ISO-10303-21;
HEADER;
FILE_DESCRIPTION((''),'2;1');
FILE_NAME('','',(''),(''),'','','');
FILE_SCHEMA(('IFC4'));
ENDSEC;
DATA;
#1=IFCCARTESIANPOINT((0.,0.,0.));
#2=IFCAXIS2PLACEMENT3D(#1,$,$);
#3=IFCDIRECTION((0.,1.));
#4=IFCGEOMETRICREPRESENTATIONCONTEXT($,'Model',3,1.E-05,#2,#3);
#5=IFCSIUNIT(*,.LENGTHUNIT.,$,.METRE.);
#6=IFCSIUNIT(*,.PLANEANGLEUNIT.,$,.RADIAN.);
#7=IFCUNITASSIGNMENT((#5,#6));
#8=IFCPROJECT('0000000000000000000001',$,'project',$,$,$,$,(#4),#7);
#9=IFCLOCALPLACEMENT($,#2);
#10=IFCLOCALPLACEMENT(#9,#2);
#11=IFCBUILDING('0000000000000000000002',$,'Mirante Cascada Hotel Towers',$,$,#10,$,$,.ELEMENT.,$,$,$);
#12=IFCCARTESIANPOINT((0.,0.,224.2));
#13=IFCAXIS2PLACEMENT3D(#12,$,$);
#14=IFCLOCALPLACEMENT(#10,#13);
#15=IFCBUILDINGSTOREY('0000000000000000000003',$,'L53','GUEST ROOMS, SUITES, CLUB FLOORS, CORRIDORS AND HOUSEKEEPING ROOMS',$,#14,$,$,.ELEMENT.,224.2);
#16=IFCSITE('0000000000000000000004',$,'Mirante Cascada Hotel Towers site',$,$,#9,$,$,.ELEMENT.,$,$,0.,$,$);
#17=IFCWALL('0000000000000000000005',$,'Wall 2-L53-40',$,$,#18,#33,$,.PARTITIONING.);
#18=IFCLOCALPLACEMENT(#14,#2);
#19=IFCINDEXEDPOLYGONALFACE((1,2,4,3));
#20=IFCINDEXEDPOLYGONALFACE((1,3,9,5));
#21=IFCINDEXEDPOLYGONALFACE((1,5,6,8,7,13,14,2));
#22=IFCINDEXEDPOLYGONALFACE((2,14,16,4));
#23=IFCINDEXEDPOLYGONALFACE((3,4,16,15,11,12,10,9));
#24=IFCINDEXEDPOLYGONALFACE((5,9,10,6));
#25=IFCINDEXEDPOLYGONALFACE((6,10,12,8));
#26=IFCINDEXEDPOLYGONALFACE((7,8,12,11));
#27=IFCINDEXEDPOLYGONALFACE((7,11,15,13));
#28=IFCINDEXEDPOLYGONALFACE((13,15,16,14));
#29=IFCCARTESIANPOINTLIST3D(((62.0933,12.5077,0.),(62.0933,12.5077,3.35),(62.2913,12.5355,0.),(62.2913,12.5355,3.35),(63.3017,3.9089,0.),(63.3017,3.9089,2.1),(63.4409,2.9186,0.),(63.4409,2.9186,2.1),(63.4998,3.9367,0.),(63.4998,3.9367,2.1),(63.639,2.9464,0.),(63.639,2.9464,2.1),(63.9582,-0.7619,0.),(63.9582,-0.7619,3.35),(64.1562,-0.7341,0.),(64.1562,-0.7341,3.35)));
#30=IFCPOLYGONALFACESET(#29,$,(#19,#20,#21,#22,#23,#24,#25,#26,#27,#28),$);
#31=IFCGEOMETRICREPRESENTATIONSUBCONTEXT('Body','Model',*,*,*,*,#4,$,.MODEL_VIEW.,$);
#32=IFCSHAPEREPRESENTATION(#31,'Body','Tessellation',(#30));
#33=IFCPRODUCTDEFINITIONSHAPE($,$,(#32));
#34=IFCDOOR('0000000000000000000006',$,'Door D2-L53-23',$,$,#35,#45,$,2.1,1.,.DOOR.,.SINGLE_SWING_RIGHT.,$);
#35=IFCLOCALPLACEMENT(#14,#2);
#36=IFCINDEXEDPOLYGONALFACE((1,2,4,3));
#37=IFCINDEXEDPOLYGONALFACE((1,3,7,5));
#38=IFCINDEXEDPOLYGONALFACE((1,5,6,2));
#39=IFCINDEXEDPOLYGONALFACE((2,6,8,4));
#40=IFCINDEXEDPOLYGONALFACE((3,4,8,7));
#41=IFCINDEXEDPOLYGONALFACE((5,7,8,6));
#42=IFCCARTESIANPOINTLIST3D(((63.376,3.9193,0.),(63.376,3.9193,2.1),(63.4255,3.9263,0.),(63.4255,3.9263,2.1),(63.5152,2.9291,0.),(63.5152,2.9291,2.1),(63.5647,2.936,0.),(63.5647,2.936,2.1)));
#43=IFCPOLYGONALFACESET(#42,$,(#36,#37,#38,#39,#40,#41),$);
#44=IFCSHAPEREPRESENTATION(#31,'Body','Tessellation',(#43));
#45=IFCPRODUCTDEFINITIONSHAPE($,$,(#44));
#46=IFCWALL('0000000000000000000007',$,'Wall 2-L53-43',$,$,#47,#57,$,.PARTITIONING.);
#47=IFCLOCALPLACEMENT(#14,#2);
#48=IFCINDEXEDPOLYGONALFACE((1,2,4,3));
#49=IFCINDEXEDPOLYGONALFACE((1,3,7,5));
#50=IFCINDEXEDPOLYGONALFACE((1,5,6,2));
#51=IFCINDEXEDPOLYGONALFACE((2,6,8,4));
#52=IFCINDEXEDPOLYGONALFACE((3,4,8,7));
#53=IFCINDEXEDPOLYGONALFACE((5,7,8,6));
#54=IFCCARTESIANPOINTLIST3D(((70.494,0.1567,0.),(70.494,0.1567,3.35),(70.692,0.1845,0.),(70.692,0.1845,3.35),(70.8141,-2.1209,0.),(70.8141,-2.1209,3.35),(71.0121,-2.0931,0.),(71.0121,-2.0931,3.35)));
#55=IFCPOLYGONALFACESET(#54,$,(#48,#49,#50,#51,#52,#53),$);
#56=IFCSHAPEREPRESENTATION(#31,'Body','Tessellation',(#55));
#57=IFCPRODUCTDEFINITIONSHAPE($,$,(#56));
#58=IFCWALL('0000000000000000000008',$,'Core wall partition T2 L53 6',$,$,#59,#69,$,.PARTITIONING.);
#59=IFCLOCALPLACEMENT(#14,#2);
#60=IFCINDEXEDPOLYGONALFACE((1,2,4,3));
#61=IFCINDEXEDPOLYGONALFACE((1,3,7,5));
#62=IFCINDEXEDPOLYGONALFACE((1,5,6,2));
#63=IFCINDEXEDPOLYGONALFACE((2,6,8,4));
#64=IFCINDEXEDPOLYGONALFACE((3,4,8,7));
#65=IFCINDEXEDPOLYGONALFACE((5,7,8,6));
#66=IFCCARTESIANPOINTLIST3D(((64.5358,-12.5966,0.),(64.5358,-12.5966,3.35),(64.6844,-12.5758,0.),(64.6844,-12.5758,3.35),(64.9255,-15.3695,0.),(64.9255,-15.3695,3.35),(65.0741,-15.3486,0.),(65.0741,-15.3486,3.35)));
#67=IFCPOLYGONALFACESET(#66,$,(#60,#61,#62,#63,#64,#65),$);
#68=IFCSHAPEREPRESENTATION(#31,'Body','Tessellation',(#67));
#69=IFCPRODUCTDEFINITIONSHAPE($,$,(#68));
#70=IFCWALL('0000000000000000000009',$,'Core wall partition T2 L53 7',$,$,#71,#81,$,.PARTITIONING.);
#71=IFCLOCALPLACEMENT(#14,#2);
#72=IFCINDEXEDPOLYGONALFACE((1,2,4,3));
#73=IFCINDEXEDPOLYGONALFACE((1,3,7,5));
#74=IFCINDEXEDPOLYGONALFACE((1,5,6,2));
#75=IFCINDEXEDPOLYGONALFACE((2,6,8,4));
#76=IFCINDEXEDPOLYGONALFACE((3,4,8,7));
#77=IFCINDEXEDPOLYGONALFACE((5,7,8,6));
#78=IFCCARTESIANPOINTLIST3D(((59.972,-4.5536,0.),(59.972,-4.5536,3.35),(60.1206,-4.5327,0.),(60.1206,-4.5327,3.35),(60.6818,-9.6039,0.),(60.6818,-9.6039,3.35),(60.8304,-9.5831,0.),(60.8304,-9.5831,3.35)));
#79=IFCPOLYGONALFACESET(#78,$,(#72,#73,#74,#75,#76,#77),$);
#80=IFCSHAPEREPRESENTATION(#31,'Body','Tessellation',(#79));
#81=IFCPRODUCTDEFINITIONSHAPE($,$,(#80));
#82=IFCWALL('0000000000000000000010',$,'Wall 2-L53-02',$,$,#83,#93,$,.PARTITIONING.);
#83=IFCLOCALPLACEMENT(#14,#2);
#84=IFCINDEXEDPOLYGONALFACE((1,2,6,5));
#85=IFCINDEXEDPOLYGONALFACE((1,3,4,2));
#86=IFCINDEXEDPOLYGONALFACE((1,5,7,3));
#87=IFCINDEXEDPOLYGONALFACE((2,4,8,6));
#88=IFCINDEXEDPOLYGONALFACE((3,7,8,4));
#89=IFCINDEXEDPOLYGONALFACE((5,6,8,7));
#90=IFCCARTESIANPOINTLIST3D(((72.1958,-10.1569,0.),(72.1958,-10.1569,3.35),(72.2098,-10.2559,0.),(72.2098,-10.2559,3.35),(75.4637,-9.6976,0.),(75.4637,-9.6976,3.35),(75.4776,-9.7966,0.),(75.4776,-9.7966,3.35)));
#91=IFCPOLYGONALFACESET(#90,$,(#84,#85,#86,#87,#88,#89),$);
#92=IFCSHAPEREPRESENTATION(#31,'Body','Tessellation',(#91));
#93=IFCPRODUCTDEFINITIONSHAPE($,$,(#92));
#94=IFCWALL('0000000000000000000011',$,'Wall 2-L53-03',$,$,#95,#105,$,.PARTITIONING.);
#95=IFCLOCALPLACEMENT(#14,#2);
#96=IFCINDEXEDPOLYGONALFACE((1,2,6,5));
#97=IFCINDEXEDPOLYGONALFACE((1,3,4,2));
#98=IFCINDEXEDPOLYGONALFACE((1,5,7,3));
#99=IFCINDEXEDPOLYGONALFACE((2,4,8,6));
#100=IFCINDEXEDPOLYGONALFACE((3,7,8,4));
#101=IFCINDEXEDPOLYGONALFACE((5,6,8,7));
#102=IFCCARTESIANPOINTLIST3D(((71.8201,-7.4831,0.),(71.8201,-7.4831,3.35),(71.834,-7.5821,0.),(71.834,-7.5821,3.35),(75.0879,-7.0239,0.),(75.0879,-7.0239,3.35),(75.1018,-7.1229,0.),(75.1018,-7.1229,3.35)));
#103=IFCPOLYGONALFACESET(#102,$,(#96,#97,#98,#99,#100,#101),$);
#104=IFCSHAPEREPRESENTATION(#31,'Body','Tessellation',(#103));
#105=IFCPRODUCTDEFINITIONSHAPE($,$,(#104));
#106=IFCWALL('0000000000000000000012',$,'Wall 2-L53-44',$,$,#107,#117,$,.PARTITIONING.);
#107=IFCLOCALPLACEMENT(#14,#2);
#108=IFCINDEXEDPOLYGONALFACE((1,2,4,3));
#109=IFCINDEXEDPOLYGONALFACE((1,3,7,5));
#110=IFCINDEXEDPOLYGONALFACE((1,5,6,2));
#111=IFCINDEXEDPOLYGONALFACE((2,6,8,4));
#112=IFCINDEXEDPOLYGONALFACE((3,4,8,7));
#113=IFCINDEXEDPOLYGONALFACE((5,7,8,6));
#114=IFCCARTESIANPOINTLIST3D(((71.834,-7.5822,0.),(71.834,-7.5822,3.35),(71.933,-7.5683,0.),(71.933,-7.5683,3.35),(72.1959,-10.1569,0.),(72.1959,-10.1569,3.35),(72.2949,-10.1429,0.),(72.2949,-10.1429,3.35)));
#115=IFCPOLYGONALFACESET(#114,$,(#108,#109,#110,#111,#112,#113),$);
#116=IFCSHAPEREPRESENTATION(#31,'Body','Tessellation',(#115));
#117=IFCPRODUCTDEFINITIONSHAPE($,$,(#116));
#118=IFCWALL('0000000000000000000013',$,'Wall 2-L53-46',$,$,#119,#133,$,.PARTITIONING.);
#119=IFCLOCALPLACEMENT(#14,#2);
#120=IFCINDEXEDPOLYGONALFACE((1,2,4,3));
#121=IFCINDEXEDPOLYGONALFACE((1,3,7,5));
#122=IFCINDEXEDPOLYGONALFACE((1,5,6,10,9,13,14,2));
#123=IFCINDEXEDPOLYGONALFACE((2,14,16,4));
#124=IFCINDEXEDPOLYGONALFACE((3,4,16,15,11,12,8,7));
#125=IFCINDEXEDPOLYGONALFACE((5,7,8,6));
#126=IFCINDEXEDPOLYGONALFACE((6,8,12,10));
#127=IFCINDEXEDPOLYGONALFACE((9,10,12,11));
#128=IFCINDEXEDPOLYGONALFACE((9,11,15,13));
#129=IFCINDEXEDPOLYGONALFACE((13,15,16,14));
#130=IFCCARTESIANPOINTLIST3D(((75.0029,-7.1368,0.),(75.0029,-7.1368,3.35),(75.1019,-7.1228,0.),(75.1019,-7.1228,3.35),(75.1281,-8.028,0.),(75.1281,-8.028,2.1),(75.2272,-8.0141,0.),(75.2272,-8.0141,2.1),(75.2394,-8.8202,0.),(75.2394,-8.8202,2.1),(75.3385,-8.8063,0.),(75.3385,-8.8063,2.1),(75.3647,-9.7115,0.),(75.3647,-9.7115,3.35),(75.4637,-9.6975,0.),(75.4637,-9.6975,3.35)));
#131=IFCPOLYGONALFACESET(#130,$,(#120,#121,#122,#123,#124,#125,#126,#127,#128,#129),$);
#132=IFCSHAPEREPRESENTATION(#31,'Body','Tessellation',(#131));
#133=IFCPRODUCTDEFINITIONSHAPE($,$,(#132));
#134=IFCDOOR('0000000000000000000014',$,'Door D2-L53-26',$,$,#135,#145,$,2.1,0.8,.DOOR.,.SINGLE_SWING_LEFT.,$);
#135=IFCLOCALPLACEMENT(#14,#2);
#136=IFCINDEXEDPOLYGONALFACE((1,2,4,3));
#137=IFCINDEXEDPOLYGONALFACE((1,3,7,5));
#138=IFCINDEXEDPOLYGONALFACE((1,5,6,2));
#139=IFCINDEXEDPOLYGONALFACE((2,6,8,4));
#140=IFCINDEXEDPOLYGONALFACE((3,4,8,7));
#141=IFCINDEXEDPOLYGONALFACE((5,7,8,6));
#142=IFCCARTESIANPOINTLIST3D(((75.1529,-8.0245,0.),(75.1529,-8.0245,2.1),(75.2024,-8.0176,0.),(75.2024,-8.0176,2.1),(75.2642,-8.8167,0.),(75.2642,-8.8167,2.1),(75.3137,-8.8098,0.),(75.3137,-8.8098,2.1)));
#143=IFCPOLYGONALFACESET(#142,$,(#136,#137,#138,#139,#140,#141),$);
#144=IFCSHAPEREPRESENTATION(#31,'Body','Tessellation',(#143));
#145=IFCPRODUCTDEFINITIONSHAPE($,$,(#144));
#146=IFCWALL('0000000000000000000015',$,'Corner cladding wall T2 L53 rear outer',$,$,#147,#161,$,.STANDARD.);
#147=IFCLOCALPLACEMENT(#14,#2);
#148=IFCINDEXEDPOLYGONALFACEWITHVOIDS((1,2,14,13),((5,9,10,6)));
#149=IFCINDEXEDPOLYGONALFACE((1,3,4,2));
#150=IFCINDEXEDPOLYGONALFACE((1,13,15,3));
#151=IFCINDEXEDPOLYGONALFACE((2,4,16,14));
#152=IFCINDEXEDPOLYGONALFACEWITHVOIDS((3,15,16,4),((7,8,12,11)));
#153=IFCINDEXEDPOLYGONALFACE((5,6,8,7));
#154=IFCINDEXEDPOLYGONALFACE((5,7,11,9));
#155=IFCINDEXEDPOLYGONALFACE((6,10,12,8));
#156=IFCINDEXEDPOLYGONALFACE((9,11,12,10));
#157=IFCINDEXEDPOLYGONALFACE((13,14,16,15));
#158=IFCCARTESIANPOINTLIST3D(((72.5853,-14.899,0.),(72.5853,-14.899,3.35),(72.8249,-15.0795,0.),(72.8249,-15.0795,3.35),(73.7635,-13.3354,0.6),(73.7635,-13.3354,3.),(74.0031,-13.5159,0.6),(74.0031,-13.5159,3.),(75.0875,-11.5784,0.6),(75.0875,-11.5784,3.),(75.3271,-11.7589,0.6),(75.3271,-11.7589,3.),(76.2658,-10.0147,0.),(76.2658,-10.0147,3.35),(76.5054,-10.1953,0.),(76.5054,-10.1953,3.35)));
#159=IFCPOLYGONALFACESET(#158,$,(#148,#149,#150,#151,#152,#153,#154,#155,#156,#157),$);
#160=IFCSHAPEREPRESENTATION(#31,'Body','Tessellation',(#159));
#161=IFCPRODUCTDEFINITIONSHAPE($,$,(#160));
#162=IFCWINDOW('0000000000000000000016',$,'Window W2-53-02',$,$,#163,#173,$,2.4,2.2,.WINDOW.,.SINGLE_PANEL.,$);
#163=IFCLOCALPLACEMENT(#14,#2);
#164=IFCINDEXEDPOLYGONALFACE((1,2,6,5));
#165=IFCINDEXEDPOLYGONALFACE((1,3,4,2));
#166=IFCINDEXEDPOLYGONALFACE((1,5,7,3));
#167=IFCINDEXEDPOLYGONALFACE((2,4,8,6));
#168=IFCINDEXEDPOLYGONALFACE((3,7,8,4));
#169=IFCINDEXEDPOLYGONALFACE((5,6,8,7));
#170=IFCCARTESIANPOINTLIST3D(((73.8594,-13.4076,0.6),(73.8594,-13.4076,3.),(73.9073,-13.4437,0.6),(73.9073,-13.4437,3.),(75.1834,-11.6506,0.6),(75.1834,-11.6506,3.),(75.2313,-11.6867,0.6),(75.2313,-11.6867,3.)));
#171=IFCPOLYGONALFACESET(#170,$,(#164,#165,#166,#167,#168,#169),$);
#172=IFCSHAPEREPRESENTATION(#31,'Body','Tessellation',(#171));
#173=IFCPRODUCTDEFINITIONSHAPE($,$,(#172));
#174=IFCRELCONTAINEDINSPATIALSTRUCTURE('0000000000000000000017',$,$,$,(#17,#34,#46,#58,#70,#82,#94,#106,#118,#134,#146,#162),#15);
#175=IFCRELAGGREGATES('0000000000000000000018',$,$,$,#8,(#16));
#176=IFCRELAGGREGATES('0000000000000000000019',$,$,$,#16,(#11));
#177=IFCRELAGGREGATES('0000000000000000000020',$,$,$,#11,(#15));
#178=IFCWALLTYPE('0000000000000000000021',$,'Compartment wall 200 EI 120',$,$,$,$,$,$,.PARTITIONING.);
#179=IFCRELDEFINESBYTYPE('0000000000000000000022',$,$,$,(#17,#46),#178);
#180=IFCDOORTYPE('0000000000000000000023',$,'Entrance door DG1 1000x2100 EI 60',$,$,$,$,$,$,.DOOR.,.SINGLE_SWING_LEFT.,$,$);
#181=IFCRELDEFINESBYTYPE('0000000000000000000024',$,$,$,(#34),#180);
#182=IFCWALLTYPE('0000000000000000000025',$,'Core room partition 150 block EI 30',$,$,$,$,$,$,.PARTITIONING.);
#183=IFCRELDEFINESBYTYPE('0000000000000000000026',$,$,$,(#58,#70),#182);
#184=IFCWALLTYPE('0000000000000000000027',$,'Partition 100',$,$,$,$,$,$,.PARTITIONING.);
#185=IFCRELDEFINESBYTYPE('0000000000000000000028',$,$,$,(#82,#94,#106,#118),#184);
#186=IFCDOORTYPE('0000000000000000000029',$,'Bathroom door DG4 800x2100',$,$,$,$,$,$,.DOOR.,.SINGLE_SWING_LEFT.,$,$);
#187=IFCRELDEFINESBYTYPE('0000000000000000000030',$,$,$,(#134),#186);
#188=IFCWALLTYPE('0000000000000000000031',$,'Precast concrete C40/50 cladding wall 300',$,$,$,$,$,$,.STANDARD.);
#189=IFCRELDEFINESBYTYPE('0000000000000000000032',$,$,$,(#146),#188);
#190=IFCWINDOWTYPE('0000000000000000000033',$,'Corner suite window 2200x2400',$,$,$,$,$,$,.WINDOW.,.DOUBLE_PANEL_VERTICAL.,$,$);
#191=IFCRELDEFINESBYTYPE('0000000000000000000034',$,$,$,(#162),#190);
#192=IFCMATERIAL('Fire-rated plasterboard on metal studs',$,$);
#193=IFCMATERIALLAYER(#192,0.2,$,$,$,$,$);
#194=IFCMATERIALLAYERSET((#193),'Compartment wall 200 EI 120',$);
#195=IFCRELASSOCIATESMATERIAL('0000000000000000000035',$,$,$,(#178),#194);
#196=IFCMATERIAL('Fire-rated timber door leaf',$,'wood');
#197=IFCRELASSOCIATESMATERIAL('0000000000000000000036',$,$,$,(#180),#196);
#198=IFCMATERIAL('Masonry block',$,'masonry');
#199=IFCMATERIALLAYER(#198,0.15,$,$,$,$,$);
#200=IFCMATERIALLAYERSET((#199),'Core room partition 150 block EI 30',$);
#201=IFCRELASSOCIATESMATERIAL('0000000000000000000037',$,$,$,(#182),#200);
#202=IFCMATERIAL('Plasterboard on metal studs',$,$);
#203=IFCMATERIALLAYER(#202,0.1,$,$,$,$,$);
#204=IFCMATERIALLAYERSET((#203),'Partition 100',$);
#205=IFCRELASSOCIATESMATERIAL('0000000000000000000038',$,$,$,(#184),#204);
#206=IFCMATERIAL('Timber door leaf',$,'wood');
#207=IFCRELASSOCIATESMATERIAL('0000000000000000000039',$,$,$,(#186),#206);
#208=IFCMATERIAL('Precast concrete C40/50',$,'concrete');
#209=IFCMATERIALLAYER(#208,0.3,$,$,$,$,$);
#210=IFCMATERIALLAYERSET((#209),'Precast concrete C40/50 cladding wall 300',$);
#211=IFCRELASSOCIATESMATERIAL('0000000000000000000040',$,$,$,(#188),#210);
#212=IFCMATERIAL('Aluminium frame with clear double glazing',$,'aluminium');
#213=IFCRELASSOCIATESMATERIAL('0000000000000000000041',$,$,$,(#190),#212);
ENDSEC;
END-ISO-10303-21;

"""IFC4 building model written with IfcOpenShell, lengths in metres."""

from ifc_helpers import new_model, si_unit, direction, frame, frame_2d, origin, place, context, subcontext, project, spatial, rectangle, extrude, material, layer, layer_set, type_object, element, fill, save


model = new_model("IFC4")

# Units and contexts
model_context = context("Model", 3, precision=1e-05, world=origin(), true_north=direction((0.0, 1.0)))
body_context = subcontext(model_context, "Body", "Model", "MODEL_VIEW")
ifc_project = project(units=[si_unit("LENGTHUNIT", "METRE"), si_unit("PLANEANGLEUNIT", "RADIAN")], contexts=[model_context])

# Site, building, storey
site_placement = place(None, origin())
site = spatial("IfcSite", under=ifc_project, at=site_placement, Name="Mirante Cascada Hotel Towers site", CompositionType="ELEMENT", RefElevation=0.0)
building_placement = place(site_placement, origin())
building = spatial("IfcBuilding", under=site, at=building_placement, Name="Mirante Cascada Hotel Towers", CompositionType="ELEMENT")
storey_placement = place(building_placement, frame((0.0, 0.0, 224.2)))
storey = spatial("IfcBuildingStorey", under=building, at=storey_placement, Name="L53", Description="GUEST ROOMS, SUITES, CLUB FLOORS, CORRIDORS AND HOUSEKEEPING ROOMS", CompositionType="ELEMENT", Elevation=224.2)

# Shared definitions
ifc_material_1 = material(Name="Fire-rated plasterboard on metal studs")
ifc_layer_1 = layer(ifc_material_1, 0.2)
ifc_layer_set_1 = layer_set([ifc_layer_1], Name="Compartment wall 200 EI 120")
wall_type_1 = type_object("IfcWallType", Name="Compartment wall 200 EI 120", PredefinedType="PARTITIONING", material=ifc_layer_set_1)

# Wall, opening, door
wall_1_placement = place(storey_placement, frame((64.0572, -0.748, 0.0), z_axis=(0.0, 0.0, 1.0), x_axis=(-0.139172, 0.990268, 0.0)))
wall_1 = element("IfcWall", 1, at=wall_1_placement, inside=storey, type_object=wall_type_1, Name="Wall 2-L53-40", PredefinedType="PARTITIONING", context=body_context, shape_type="SweptSolid", body=[
    extrude(rectangle(XDim=13.4, YDim=0.2, at=frame_2d((6.7, 0.0))), origin(), (0.0, 0.0, 1.0), 3.35),
])
opening_1_placement = place(wall_1_placement, frame((3.7167, 0.0, 0.0)))
opening_1 = element("IfcOpeningElement", 2, at=opening_1_placement, cuts=wall_1, PredefinedType="OPENING", context=body_context, shape_type="SweptSolid", body=[
    extrude(rectangle(XDim=1.0, YDim=2.1, at=frame_2d((0.5, 1.05))), frame((0.0, 0.1, 0.0), z_axis=(0.0, -1.0, 0.0), x_axis=(1.0, 0.0, 0.0)), (0.0, 0.0, 1.0), 0.2),
])
ifc_material_2 = material(Name="Fire-rated timber door leaf", Category="wood")
door_type_1 = type_object("IfcDoorType", Name="Entrance door DG1 1000x2100 EI 60", OperationType="SINGLE_SWING_LEFT", PredefinedType="DOOR", material=ifc_material_2)
door_1_placement = place(opening_1_placement, frame((1.0, 0.0, 0.0), z_axis=(0.0, 0.0, 1.0), x_axis=(-1.0, 0.0, 0.0)))
door_1 = element("IfcDoor", 3, at=door_1_placement, inside=storey, type_object=door_type_1, Name="Door D2-L53-23", OperationType="SINGLE_SWING_RIGHT", OverallHeight=2.1, OverallWidth=1.0, PredefinedType="DOOR", context=body_context, shape_type="SweptSolid", body=[
    extrude(rectangle(XDim=1.0, YDim=2.1, at=frame_2d((0.5, 1.05))), frame((0.0, 0.025, 0.0), z_axis=(0.0, -1.0, 0.0), x_axis=(1.0, 0.0, 0.0)), (0.0, 0.0, 1.0), 0.05),
])
fill(opening_1, door_1)

# Walls
wall_2_placement = place(storey_placement, frame((70.593, 0.1706, 0.0), z_axis=(0.0, 0.0, 1.0), x_axis=(0.139175, -0.990268, 0.0)))
element("IfcWall", 4, at=wall_2_placement, inside=storey, type_object=wall_type_1, Name="Wall 2-L53-43", PredefinedType="PARTITIONING", context=body_context, shape_type="SweptSolid", body=[
    extrude(rectangle(XDim=2.3, YDim=0.2, at=frame_2d((1.15, 0.0))), origin(), (0.0, 0.0, 1.0), 3.35),
])
ifc_material_3 = material(Name="Masonry block", Category="masonry")
ifc_layer_2 = layer(ifc_material_3, 0.15)
ifc_layer_set_2 = layer_set([ifc_layer_2], Name="Core room partition 150 block EI 30")
wall_type_2 = type_object("IfcWallType", Name="Core room partition 150 block EI 30", PredefinedType="PARTITIONING", material=ifc_layer_set_2)
wall_3_placement = place(storey_placement, frame((64.9998, -15.359, 0.0), z_axis=(0.0, 0.0, 1.0), x_axis=(-0.139176, 0.990268, 0.0)))
element("IfcWall", 5, at=wall_3_placement, inside=storey, type_object=wall_type_2, Name="Core wall partition T2 L53 6", PredefinedType="PARTITIONING", context=body_context, shape_type="SweptSolid", body=[
    extrude(rectangle(XDim=2.8001, YDim=0.15, at=frame_2d((1.4, 0.0))), origin(), (0.0, 0.0, 1.0), 3.35),
])
wall_4_placement = place(storey_placement, frame((60.7561, -9.5935, 0.0), z_axis=(0.0, 0.0, 1.0), x_axis=(-0.139176, 0.990268, 0.0)))
element("IfcWall", 6, at=wall_4_placement, inside=storey, type_object=wall_type_2, Name="Core wall partition T2 L53 7", PredefinedType="PARTITIONING", context=body_context, shape_type="SweptSolid", body=[
    extrude(rectangle(XDim=5.1, YDim=0.15, at=frame_2d((2.55, 0.0))), origin(), (0.0, 0.0, 1.0), 3.35),
])
ifc_material_4 = material(Name="Plasterboard on metal studs")
ifc_layer_3 = layer(ifc_material_4, 0.1)
ifc_layer_set_3 = layer_set([ifc_layer_3], Name="Partition 100")
wall_type_3 = type_object("IfcWallType", Name="Partition 100", PredefinedType="PARTITIONING", material=ifc_layer_set_3)
wall_5_placement = place(storey_placement, frame((72.2028, -10.2064, 0.0), z_axis=(0.0, 0.0, 1.0), x_axis=(0.990267, 0.139181, 0.0)))
element("IfcWall", 7, at=wall_5_placement, inside=storey, type_object=wall_type_3, Name="Wall 2-L53-02", PredefinedType="PARTITIONING", context=body_context, shape_type="SweptSolid", body=[
    extrude(rectangle(XDim=3.3, YDim=0.1, at=frame_2d((1.65, 0.0))), origin(), (0.0, 0.0, 1.0), 3.35),
])
wall_6_placement = place(storey_placement, frame((75.0949, -7.0734, 0.0), z_axis=(0.0, 0.0, 1.0), x_axis=(-0.990271, -0.139155, 0.0)))
element("IfcWall", 8, at=wall_6_placement, inside=storey, type_object=wall_type_3, Name="Wall 2-L53-03", PredefinedType="PARTITIONING", context=body_context, shape_type="SweptSolid", body=[
    extrude(rectangle(XDim=3.2999, YDim=0.1, at=frame_2d((1.65, 0.0))), origin(), (0.0, 0.0, 1.0), 3.35),
])
wall_7_placement = place(storey_placement, frame((72.2454, -10.1499, 0.0), z_axis=(0.0, 0.0, 1.0), x_axis=(-0.139192, 0.990265, 0.0)))
element("IfcWall", 9, at=wall_7_placement, inside=storey, type_object=wall_type_3, Name="Wall 2-L53-44", PredefinedType="PARTITIONING", context=body_context, shape_type="SweptSolid", body=[
    extrude(rectangle(XDim=2.6, YDim=0.1, at=frame_2d((1.3, 0.0))), origin(), (0.0, 0.0, 1.0), 3.35),
])

# Wall, opening, door
wall_8_placement = place(storey_placement, frame((75.4142, -9.7045, 0.0), z_axis=(0.0, 0.0, 1.0), x_axis=(-0.139154, 0.990271, 0.0)))
wall_8 = element("IfcWall", 10, at=wall_8_placement, inside=storey, type_object=wall_type_3, Name="Wall 2-L53-46", PredefinedType="PARTITIONING", context=body_context, shape_type="SweptSolid", body=[
    extrude(rectangle(XDim=2.6, YDim=0.1, at=frame_2d((1.3, 0.0))), origin(), (0.0, 0.0, 1.0), 3.35),
])
opening_2_placement = place(wall_8_placement, frame((0.9, 0.0, 0.0)))
opening_2 = element("IfcOpeningElement", 11, at=opening_2_placement, cuts=wall_8, PredefinedType="OPENING", context=body_context, shape_type="SweptSolid", body=[
    extrude(rectangle(XDim=0.8, YDim=2.1, at=frame_2d((0.4, 1.05))), frame((0.0, 0.05, 0.0), z_axis=(0.0, -1.0, 0.0), x_axis=(1.0, 0.0, 0.0)), (0.0, 0.0, 1.0), 0.1),
])
ifc_material_5 = material(Name="Timber door leaf", Category="wood")
door_type_2 = type_object("IfcDoorType", Name="Bathroom door DG4 800x2100", OperationType="SINGLE_SWING_LEFT", PredefinedType="DOOR", material=ifc_material_5)
door_2_placement = place(opening_2_placement, origin())
door_2 = element("IfcDoor", 12, at=door_2_placement, inside=storey, type_object=door_type_2, Name="Door D2-L53-26", OperationType="SINGLE_SWING_LEFT", OverallHeight=2.1, OverallWidth=0.8, PredefinedType="DOOR", context=body_context, shape_type="SweptSolid", body=[
    extrude(rectangle(XDim=0.8, YDim=2.1, at=frame_2d((0.4, 1.05))), frame((0.0, 0.025, 0.0), z_axis=(0.0, -1.0, 0.0), x_axis=(1.0, 0.0, 0.0)), (0.0, 0.0, 1.0), 0.05),
])
fill(opening_2, door_2)

# Wall, opening, window
ifc_material_6 = material(Name="Precast concrete C40/50", Category="concrete")
ifc_layer_4 = layer(ifc_material_6, 0.3)
ifc_layer_set_4 = layer_set([ifc_layer_4], Name="Precast concrete C40/50 cladding wall 300")
wall_type_4 = type_object("IfcWallType", Name="Precast concrete C40/50 cladding wall 300", PredefinedType="STANDARD", material=ifc_layer_set_4)
wall_9_placement = place(storey_placement, frame((72.7051, -14.9892, 0.0), z_axis=(0.0, 0.0, 1.0), x_axis=(0.601814, 0.798636, 0.0)))
wall_9 = element("IfcWall", 13, at=wall_9_placement, inside=storey, type_object=wall_type_4, Name="Corner cladding wall T2 L53 rear outer", PredefinedType="STANDARD", context=body_context, shape_type="SweptSolid", body=[
    extrude(rectangle(XDim=6.1157, YDim=0.3, at=frame_2d((3.0578, 0.0))), origin(), (0.0, 0.0, 1.0), 3.35),
])
opening_3_placement = place(wall_9_placement, frame((1.9578, 0.0, 0.6)))
opening_3 = element("IfcOpeningElement", 14, at=opening_3_placement, cuts=wall_9, PredefinedType="OPENING", context=body_context, shape_type="SweptSolid", body=[
    extrude(rectangle(XDim=2.2, YDim=2.4, at=frame_2d((1.1, 1.2))), frame((0.0, 0.15, 0.0), z_axis=(0.0, -1.0, 0.0), x_axis=(1.0, 0.0, 0.0)), (0.0, 0.0, 1.0), 0.3),
])
ifc_material_7 = material(Name="Aluminium frame with clear double glazing", Category="aluminium")
window_type = type_object("IfcWindowType", Name="Corner suite window 2200x2400", PartitioningType="DOUBLE_PANEL_VERTICAL", PredefinedType="WINDOW", material=ifc_material_7)
window_placement = place(opening_3_placement, origin())
window = element("IfcWindow", 15, at=window_placement, inside=storey, type_object=window_type, Name="Window W2-53-02", OverallHeight=2.4, OverallWidth=2.2, PartitioningType="SINGLE_PANEL", PredefinedType="WINDOW", context=body_context, shape_type="SweptSolid", body=[
    extrude(rectangle(XDim=2.2, YDim=2.4, at=frame_2d((1.1, 1.2))), frame((0.0, 0.03, 0.0), z_axis=(0.0, -1.0, 0.0), x_axis=(1.0, 0.0, 0.0)), (0.0, 0.0, 1.0), 0.06),
])
fill(opening_3, window)

save(model, "model.ifc")
